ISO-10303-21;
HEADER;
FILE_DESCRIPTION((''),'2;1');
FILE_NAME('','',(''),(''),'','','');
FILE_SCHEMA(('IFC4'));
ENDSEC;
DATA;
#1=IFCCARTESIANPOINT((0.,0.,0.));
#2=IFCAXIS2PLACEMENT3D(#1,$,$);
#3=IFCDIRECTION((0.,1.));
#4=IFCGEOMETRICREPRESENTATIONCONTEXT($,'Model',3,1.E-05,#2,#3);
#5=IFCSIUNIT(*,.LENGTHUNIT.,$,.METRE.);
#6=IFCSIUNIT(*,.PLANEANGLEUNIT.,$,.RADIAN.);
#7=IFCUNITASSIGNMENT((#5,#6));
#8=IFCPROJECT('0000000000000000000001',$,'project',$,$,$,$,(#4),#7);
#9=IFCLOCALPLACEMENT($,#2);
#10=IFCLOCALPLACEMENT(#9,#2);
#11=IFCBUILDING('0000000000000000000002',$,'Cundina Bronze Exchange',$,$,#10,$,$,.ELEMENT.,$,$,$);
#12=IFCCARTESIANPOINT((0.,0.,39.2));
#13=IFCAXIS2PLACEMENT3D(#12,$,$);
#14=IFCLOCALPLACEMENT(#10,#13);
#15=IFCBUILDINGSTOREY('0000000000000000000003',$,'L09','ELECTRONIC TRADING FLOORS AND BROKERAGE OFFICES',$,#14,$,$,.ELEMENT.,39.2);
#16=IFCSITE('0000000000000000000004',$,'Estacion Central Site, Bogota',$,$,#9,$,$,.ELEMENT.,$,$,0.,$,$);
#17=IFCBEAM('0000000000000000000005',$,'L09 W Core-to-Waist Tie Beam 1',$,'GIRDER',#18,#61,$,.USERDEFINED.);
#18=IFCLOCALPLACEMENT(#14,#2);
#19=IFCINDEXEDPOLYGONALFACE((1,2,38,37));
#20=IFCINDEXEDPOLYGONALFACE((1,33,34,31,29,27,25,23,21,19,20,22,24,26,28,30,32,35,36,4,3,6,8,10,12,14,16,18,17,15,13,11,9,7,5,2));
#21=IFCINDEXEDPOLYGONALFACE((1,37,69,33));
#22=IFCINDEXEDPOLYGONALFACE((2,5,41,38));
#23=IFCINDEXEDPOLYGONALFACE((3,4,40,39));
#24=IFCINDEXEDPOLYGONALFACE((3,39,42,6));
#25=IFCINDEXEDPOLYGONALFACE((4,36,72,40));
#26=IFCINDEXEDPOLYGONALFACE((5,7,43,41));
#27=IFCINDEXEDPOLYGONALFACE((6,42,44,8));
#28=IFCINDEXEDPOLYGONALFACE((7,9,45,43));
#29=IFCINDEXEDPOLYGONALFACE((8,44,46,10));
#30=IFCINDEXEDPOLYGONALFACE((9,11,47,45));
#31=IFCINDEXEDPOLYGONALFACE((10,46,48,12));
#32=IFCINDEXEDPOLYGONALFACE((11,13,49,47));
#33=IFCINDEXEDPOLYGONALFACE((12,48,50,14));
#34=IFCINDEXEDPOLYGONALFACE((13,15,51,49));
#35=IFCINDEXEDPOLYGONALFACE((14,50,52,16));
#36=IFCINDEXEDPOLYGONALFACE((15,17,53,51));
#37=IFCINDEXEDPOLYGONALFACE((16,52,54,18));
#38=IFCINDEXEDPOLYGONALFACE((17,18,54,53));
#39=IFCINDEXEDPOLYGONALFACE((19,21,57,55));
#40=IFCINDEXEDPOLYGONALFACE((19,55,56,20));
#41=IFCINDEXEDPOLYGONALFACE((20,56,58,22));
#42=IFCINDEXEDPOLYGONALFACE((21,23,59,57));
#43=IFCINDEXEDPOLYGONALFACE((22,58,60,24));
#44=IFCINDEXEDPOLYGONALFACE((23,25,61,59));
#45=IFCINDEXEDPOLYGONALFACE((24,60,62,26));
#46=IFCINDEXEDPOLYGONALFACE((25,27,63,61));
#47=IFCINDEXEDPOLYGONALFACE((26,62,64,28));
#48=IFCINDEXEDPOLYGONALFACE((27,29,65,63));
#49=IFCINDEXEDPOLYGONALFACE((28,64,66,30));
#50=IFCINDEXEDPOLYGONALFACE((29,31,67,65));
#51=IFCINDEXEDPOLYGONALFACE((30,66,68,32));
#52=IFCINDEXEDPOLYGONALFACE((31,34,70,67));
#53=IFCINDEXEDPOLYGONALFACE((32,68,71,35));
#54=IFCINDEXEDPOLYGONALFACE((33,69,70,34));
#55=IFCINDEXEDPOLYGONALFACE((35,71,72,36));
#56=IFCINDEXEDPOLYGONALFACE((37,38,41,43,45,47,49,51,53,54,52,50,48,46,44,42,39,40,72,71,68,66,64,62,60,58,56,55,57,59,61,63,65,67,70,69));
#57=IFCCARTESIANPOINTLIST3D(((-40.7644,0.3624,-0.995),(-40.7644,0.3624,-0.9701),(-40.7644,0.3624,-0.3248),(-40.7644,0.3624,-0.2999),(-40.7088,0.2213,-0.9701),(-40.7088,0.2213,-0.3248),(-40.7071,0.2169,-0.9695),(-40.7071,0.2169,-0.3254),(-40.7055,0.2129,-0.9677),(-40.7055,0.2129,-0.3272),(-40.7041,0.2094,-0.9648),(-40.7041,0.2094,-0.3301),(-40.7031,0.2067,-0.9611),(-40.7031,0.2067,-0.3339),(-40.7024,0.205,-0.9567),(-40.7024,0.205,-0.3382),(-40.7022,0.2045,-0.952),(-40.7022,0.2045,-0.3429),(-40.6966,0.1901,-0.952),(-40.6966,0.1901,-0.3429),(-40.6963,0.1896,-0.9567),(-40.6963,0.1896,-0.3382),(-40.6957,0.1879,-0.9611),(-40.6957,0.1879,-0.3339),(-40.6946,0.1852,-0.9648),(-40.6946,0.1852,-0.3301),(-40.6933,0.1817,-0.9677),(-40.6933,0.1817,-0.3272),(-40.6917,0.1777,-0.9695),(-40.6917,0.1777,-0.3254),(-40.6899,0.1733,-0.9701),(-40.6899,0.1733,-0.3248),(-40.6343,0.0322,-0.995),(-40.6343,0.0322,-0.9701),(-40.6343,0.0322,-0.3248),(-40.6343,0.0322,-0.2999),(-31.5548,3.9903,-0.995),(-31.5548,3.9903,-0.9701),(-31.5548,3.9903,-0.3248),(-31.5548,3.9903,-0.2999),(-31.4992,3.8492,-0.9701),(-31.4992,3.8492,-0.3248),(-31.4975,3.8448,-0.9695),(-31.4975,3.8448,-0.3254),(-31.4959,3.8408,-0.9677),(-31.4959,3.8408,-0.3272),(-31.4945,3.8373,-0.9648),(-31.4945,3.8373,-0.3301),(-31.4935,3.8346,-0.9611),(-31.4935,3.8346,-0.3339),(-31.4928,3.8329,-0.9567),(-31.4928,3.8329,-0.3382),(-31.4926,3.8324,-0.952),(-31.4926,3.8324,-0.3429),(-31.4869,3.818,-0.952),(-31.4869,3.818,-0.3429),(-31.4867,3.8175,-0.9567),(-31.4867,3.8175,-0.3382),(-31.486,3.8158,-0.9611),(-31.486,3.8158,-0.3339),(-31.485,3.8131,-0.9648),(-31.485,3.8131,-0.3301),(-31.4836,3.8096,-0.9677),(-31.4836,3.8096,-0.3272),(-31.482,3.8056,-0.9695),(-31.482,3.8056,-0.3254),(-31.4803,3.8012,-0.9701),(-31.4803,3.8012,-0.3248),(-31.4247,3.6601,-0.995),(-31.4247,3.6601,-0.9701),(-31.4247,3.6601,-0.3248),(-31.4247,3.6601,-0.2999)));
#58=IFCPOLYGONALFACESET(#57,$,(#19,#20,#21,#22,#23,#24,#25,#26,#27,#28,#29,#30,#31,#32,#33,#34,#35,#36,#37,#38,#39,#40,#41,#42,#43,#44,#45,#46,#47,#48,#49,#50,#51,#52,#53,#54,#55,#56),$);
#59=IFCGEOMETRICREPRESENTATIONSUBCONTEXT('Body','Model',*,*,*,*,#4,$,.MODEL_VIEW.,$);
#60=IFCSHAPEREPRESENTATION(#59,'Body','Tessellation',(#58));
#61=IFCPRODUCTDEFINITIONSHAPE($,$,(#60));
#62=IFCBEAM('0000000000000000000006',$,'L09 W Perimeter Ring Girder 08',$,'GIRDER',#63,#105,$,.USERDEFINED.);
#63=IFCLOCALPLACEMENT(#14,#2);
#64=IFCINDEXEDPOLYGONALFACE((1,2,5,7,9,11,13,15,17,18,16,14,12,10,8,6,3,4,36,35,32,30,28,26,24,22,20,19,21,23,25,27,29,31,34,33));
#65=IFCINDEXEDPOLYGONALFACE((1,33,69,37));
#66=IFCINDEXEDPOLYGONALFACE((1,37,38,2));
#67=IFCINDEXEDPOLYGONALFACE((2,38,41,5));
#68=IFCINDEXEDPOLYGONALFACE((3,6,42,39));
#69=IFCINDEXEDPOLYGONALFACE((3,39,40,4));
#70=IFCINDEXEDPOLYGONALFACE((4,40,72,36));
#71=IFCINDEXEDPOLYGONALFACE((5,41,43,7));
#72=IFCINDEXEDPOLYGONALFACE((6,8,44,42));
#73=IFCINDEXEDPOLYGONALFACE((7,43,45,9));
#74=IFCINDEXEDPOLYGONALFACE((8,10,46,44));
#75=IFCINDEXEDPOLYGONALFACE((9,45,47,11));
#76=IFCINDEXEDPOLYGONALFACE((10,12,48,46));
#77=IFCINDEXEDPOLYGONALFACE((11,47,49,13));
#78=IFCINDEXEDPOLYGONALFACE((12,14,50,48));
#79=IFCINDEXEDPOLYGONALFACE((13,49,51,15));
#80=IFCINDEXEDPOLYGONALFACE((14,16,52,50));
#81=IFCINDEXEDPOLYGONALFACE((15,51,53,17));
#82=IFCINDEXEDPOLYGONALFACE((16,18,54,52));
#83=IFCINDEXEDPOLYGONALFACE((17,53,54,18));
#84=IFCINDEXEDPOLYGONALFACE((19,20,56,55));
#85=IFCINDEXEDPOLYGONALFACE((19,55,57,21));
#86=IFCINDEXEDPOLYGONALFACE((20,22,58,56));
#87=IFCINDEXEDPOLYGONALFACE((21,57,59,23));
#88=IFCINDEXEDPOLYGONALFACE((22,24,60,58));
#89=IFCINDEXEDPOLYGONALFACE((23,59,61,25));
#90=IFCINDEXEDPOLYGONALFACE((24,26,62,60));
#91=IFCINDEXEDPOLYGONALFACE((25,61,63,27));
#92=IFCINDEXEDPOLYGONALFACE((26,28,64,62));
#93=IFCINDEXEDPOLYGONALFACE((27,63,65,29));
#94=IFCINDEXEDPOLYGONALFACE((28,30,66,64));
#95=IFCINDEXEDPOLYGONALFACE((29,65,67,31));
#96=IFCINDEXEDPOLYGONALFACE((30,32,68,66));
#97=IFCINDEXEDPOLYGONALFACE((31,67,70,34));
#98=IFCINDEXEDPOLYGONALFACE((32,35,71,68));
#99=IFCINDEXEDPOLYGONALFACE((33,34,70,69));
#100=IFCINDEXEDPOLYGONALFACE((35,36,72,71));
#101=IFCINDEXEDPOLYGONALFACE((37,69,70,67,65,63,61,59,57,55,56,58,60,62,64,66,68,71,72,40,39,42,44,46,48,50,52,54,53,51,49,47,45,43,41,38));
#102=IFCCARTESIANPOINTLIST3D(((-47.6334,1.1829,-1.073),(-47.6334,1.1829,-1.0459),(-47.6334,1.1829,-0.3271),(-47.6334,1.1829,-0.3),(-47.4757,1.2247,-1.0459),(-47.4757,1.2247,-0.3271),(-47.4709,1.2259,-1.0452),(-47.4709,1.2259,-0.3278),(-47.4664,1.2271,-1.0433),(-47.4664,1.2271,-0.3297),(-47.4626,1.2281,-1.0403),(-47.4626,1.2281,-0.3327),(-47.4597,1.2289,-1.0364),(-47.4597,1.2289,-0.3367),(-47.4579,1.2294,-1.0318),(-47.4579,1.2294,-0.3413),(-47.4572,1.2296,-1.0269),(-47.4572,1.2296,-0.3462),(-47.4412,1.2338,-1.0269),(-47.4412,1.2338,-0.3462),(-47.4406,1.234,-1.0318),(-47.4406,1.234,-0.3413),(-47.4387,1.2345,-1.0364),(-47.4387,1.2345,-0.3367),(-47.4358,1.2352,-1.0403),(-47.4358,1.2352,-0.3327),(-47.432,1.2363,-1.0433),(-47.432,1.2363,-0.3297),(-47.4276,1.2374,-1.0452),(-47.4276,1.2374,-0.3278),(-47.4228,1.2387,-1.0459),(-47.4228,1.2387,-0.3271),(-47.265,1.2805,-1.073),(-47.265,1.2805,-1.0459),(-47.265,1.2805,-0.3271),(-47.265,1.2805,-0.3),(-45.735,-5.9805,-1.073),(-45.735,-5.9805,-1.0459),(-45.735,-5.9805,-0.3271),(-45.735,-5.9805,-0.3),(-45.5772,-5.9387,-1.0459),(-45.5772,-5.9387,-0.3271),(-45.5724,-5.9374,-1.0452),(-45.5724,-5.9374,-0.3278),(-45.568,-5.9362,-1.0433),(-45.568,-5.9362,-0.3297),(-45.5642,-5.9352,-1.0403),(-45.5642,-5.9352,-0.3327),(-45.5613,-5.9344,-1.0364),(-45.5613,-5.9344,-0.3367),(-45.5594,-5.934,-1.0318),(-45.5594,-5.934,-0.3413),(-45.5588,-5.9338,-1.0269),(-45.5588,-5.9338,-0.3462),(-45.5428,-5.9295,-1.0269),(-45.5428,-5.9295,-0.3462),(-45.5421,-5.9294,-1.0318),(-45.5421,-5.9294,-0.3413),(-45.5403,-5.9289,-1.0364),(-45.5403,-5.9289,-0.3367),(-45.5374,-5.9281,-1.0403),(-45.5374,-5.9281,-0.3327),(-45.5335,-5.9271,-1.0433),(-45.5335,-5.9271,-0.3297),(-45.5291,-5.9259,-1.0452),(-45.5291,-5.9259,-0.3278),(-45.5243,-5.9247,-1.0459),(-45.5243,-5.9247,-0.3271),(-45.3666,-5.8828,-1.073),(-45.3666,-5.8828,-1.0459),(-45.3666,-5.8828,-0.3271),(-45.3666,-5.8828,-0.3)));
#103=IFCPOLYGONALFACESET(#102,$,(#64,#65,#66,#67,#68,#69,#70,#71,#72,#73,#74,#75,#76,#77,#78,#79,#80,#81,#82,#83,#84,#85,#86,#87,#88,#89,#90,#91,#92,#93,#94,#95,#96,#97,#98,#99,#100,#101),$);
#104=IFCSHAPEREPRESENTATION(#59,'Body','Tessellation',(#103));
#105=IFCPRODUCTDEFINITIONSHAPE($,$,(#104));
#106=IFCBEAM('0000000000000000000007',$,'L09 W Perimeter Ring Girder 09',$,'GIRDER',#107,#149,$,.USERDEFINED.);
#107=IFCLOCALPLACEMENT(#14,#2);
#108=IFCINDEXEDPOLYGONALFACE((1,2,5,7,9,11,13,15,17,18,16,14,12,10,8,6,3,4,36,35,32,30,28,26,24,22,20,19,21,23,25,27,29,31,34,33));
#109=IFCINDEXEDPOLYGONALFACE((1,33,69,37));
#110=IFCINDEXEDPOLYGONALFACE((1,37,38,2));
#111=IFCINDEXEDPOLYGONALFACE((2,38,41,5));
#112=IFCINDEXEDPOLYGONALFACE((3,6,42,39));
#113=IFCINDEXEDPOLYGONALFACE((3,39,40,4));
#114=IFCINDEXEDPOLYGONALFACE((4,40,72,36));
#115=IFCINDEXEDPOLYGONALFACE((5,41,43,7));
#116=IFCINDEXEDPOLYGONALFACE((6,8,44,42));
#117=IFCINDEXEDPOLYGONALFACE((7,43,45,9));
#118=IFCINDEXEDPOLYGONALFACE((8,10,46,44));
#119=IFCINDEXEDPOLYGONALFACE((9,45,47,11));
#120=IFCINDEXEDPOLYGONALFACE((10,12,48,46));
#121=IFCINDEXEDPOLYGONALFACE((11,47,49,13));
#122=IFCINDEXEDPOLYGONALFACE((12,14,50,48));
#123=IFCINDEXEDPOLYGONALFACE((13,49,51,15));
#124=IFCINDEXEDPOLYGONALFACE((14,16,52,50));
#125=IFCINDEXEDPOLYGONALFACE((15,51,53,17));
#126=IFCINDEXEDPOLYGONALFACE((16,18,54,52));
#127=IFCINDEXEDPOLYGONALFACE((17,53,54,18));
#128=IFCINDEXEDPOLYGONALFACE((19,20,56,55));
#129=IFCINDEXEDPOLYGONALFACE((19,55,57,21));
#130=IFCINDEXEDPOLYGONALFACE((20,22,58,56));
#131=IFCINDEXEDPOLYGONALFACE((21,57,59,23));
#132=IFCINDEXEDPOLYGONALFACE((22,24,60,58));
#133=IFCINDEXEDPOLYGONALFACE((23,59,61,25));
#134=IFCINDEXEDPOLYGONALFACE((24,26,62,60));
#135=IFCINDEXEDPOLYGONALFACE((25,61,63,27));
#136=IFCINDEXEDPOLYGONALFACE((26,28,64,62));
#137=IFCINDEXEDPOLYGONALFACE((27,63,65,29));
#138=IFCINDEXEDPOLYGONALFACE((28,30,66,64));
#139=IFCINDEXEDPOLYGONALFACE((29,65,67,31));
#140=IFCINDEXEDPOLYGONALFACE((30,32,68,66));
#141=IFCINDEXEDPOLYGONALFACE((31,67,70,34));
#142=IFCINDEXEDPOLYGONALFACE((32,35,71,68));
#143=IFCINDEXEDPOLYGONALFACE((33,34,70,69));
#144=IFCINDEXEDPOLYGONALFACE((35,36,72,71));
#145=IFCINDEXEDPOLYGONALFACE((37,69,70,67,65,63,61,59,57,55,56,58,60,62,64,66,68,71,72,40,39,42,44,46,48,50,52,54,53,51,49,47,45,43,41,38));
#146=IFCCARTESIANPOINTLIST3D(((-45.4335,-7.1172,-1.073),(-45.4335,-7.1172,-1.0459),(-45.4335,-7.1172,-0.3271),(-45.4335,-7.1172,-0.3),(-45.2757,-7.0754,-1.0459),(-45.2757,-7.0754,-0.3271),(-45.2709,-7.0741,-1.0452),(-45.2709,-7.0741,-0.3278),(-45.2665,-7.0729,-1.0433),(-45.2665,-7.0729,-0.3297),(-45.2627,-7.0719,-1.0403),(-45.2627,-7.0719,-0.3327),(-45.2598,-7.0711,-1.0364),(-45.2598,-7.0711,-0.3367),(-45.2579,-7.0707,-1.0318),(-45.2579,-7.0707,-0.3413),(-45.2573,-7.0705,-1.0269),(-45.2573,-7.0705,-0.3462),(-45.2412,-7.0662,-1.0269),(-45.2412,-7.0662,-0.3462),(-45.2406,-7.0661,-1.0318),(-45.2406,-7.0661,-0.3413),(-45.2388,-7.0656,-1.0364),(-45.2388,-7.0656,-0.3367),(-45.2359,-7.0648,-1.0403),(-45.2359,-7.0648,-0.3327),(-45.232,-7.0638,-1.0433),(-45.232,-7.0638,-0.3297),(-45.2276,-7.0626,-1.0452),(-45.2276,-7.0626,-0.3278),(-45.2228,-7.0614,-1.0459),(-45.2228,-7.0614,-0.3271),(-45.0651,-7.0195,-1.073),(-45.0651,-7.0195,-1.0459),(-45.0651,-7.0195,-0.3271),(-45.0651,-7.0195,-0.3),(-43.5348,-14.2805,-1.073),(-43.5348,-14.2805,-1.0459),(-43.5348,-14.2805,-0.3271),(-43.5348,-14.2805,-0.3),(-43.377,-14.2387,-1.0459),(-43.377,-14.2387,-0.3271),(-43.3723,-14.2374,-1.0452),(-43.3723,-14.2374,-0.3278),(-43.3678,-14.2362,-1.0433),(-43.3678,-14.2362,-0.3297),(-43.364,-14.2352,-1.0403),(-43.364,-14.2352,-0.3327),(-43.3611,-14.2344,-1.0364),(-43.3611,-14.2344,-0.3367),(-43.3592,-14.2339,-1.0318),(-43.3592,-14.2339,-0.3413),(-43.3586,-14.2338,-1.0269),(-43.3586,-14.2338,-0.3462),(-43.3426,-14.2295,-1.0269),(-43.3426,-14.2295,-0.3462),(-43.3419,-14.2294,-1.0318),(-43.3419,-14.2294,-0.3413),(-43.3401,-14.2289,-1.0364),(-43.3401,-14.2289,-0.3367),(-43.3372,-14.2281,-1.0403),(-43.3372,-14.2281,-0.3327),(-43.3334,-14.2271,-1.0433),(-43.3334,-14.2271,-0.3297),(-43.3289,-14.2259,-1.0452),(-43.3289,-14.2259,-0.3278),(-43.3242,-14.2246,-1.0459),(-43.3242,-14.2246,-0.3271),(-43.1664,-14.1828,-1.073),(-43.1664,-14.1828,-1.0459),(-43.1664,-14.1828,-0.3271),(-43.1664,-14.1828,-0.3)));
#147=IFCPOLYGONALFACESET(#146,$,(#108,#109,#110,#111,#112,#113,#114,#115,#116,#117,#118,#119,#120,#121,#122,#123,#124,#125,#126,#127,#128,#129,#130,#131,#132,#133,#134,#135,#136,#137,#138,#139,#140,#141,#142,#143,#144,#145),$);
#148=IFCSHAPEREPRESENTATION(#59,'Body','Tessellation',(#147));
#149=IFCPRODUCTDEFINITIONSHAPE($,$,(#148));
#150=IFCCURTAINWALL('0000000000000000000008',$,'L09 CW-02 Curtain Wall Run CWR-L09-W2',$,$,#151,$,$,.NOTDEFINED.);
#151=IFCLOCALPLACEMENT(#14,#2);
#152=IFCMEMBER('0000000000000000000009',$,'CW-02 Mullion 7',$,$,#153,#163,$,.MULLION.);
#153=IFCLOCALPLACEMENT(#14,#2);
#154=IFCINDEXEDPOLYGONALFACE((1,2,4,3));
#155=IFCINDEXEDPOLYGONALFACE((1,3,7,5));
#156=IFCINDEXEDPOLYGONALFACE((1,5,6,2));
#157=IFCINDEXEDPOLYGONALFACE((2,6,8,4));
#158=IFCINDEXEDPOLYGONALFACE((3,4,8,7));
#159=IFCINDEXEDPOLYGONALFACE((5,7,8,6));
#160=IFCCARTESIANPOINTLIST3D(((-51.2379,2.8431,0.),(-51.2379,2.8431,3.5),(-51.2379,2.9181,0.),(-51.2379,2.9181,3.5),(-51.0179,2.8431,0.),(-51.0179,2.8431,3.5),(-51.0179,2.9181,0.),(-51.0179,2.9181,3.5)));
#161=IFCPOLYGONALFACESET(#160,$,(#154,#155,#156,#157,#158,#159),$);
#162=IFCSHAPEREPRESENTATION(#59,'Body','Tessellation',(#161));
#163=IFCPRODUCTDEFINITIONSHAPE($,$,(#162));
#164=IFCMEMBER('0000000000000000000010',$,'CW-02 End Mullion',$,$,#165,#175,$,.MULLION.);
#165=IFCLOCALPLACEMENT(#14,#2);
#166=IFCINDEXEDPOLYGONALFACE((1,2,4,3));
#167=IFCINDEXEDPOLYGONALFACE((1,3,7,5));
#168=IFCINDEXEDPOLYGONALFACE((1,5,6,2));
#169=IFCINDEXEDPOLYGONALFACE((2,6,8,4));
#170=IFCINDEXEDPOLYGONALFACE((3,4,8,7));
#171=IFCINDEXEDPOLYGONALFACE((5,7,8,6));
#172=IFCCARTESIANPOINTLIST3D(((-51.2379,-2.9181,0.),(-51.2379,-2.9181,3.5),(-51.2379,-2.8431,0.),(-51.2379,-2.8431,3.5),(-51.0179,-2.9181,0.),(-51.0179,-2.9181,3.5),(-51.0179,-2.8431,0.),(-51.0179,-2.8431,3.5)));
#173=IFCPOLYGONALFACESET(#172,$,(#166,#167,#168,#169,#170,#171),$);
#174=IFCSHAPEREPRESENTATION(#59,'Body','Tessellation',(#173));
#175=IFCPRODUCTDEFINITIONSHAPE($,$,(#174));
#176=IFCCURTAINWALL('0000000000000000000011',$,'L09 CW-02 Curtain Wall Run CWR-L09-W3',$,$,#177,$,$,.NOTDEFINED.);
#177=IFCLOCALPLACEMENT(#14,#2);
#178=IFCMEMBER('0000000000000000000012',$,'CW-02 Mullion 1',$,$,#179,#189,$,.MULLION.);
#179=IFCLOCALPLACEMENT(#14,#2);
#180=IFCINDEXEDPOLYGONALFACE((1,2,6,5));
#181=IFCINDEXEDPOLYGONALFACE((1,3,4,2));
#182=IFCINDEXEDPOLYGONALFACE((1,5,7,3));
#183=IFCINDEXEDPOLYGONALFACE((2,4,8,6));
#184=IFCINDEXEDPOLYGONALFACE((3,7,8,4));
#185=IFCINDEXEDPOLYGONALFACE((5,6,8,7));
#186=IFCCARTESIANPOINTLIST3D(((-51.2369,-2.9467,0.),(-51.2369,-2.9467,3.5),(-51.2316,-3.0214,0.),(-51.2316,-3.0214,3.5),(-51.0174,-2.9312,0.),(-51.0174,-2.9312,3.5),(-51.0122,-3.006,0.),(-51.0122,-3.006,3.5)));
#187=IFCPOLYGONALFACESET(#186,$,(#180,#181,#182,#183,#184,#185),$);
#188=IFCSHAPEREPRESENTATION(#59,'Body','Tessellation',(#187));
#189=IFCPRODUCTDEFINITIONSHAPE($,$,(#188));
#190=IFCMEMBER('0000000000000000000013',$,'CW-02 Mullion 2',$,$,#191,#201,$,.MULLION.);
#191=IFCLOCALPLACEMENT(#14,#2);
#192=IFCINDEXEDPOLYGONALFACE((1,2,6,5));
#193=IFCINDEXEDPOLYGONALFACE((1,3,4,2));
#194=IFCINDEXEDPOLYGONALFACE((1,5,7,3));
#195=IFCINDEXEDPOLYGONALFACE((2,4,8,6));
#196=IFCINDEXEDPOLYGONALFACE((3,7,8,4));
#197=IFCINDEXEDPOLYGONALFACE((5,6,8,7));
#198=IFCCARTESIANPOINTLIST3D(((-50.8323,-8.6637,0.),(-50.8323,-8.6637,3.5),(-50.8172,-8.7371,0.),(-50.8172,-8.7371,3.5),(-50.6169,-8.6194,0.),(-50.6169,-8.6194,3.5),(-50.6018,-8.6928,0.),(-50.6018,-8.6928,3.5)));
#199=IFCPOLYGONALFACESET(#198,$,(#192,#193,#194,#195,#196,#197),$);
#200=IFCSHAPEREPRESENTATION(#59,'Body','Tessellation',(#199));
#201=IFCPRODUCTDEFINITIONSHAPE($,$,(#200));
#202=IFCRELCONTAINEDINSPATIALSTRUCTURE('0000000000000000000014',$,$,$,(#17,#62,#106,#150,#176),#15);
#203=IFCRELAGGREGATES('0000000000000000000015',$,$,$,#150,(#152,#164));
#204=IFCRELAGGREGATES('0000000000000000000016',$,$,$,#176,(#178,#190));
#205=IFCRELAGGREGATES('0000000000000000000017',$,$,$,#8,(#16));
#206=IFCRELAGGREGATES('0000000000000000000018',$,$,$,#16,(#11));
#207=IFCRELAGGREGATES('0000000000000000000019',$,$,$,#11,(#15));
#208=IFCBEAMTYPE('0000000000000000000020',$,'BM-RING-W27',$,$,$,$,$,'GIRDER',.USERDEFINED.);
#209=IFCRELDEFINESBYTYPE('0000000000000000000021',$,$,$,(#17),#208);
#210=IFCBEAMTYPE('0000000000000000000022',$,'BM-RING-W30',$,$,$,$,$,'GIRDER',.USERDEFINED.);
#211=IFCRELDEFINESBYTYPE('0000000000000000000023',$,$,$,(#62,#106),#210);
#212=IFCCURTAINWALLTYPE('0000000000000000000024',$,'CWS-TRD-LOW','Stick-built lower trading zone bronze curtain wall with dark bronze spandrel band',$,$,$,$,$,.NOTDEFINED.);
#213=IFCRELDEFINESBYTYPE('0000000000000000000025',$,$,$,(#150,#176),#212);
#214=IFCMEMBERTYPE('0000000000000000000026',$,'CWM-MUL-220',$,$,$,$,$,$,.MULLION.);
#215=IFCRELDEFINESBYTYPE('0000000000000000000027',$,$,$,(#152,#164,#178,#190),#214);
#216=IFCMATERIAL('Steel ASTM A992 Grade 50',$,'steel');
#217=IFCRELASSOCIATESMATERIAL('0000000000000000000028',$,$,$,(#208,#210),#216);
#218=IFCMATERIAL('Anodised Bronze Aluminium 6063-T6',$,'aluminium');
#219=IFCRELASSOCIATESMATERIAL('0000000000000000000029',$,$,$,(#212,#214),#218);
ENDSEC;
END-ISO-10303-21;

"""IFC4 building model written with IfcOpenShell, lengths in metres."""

from ifc_helpers import new_model, si_unit, direction, frame, origin, origin_2d, place, context, subcontext, project, spatial, rectangle, i_section, extrude, material, material_profile, profile_set, type_object, element, aggregate, save


model = new_model("IFC4")

# Units and contexts
model_context = context("Model", 3, precision=1e-05, world=origin(), true_north=direction((0.0, 1.0)))
body_context = subcontext(model_context, "Body", "Model", "MODEL_VIEW")
ifc_project = project(units=[si_unit("LENGTHUNIT", "METRE"), si_unit("PLANEANGLEUNIT", "RADIAN")], contexts=[model_context])

# Site, building, storey
site_placement = place(None, origin())
site = spatial("IfcSite", under=ifc_project, at=site_placement, Name="Estacion Central Site, Bogota", CompositionType="ELEMENT", RefElevation=0.0)
building_placement = place(site_placement, origin())
building = spatial("IfcBuilding", under=site, at=building_placement, Name="Cundina Bronze Exchange", CompositionType="ELEMENT")
storey_placement = place(building_placement, frame((0.0, 0.0, 39.2)))
storey = spatial("IfcBuildingStorey", under=building, at=storey_placement, Name="L09", Description="ELECTRONIC TRADING FLOORS AND BROKERAGE OFFICES", CompositionType="ELEMENT", Elevation=39.2)

# Beams
ifc_material_1 = material(Name="Steel ASTM A992 Grade 50", Category="steel")
ifc_material_profile_1 = material_profile(ifc_material_1, i_section(OverallWidth=0.355, OverallDepth=0.6951, WebThickness=0.0154, FlangeThickness=0.0249, FilletRadius=0.0181, at=origin_2d()), Name="W27X146", Category="steel")
ifc_profile_set_1 = profile_set([ifc_material_profile_1], Name="Steel ASTM A992 Grade 50")
beam_type_1 = type_object("IfcBeamType", Name="BM-RING-W27", ElementType="GIRDER", PredefinedType="USERDEFINED", material=ifc_profile_set_1)
beam_1_placement = place(storey_placement, frame((-31.4897, 3.8252, -0.6475), z_axis=(-0.930413, -0.366512, 0.0), x_axis=(0.366512, -0.930413, 0.0)))
element("IfcBeam", 1, at=beam_1_placement, inside=storey, type_object=beam_type_1, Name="L09 W Core-to-Waist Tie Beam 1", ObjectType="GIRDER", PredefinedType="USERDEFINED", context=body_context, shape_type="SweptSolid", body=[
    extrude(i_section(OverallWidth=0.355, OverallDepth=0.6951, WebThickness=0.0154, FlangeThickness=0.0249, FilletRadius=0.0181, at=origin_2d()), origin(), (0.0, 0.0, 1.0), 9.8984),
])
ifc_material_profile_2 = material_profile(ifc_material_1, i_section(OverallWidth=0.3811, OverallDepth=0.7729, WebThickness=0.0166, FlangeThickness=0.0271, FilletRadius=0.019, at=origin_2d()), Name="W30X173", Category="steel")
ifc_profile_set_2 = profile_set([ifc_material_profile_2], Name="Steel ASTM A992 Grade 50")
beam_type_2 = type_object("IfcBeamType", Name="BM-RING-W30", ElementType="GIRDER", PredefinedType="USERDEFINED", material=ifc_profile_set_2)
for number, where, z_axis, x_axis, name in (
    (2, (-47.4492, 1.2317, -0.6865), (0.256178, -0.96663, 0.0), (0.96663, 0.256178, 0.0), "L09 W Perimeter Ring Girder 08"),
    (3, (-45.2493, -7.0684, -0.6865), (0.256209, -0.966622, 0.0), (0.966622, 0.256209, 0.0), "L09 W Perimeter Ring Girder 09"),
):
    element("IfcBeam", number, at=place(storey_placement, frame(where, z_axis=z_axis, x_axis=x_axis)), inside=storey, type_object=beam_type_2, Name=name, ObjectType="GIRDER", PredefinedType="USERDEFINED", context=body_context, shape_type="SweptSolid", body=[
        extrude(i_section(OverallWidth=0.3811, OverallDepth=0.7729, WebThickness=0.0166, FlangeThickness=0.0271, FilletRadius=0.019, at=origin_2d()), origin(), (0.0, 0.0, 1.0), 7.4106),
    ])

# Curtain walls, members
ifc_material_2 = material(Name="Anodised Bronze Aluminium 6063-T6", Category="aluminium")
curtain_wall_type = type_object("IfcCurtainWallType", Name="CWS-TRD-LOW", Description="Stick-built lower trading zone bronze curtain wall with dark bronze spandrel band", PredefinedType="NOTDEFINED", material=ifc_material_2)
curtain_wall_1_placement = place(storey_placement, origin())
curtain_wall_1 = element("IfcCurtainWall", 4, at=curtain_wall_1_placement, inside=storey, type_object=curtain_wall_type, Name="L09 CW-02 Curtain Wall Run CWR-L09-W2", PredefinedType="NOTDEFINED")
ifc_material_profile_3 = material_profile(ifc_material_2, rectangle(XDim=0.075, YDim=0.22, at=origin_2d()), Name="AL75X220", Category="aluminium")
ifc_profile_set_3 = profile_set([ifc_material_profile_3], Name="Anodised Bronze Aluminium 6063-T6")
member_type_1 = type_object("IfcMemberType", Name="CWM-MUL-220", PredefinedType="MULLION", material=ifc_profile_set_3)
member_1_placement = place(storey_placement, frame((-51.1279, 2.8806, 0.0), z_axis=(0.0, 0.0, 1.0), x_axis=(0.0, -1.0, 0.0)))
member_1 = element("IfcMember", 5, at=member_1_placement, type_object=member_type_1, Name="CW-02 Mullion 7", PredefinedType="MULLION", context=body_context, shape_type="SweptSolid", body=[
    extrude(rectangle(XDim=0.075, YDim=0.22, at=origin_2d()), origin(), (0.0, 0.0, 1.0), 3.5),
])
member_2_placement = place(storey_placement, frame((-51.1279, -2.8806, 0.0), z_axis=(0.0, 0.0, 1.0), x_axis=(0.0, -1.0, 0.0)))
member_2 = element("IfcMember", 6, at=member_2_placement, type_object=member_type_1, Name="CW-02 End Mullion", PredefinedType="MULLION", context=body_context, shape_type="SweptSolid", body=[
    extrude(rectangle(XDim=0.075, YDim=0.22, at=origin_2d()), origin(), (0.0, 0.0, 1.0), 3.5),
])
curtain_wall_2_placement = place(storey_placement, origin())
curtain_wall_2 = element("IfcCurtainWall", 7, at=curtain_wall_2_placement, inside=storey, type_object=curtain_wall_type, Name="L09 CW-02 Curtain Wall Run CWR-L09-W3", PredefinedType="NOTDEFINED")
member_3_placement = place(storey_placement, frame((-51.1245, -2.9763, 0.0), z_axis=(0.0, 0.0, 1.0), x_axis=(0.070279, -0.997527, 0.0)))
member_3 = element("IfcMember", 8, at=member_3_placement, type_object=member_type_1, Name="CW-02 Mullion 1", PredefinedType="MULLION", context=body_context, shape_type="SweptSolid", body=[
    extrude(rectangle(XDim=0.075, YDim=0.22, at=origin_2d()), origin(), (0.0, 0.0, 1.0), 3.5),
])
member_4_placement = place(storey_placement, frame((-50.717, -8.6782, 0.0), z_axis=(0.0, 0.0, 1.0), x_axis=(0.20142, -0.979505, 0.0)))
member_4 = element("IfcMember", 9, at=member_4_placement, type_object=member_type_1, Name="CW-02 Mullion 2", PredefinedType="MULLION", context=body_context, shape_type="SweptSolid", body=[
    extrude(rectangle(XDim=0.075, YDim=0.22, at=origin_2d()), origin(), (0.0, 0.0, 1.0), 3.5),
])

aggregate(curtain_wall_1, [member_1, member_2])
aggregate(curtain_wall_2, [member_3, member_4])

save(model, "model.ifc")
